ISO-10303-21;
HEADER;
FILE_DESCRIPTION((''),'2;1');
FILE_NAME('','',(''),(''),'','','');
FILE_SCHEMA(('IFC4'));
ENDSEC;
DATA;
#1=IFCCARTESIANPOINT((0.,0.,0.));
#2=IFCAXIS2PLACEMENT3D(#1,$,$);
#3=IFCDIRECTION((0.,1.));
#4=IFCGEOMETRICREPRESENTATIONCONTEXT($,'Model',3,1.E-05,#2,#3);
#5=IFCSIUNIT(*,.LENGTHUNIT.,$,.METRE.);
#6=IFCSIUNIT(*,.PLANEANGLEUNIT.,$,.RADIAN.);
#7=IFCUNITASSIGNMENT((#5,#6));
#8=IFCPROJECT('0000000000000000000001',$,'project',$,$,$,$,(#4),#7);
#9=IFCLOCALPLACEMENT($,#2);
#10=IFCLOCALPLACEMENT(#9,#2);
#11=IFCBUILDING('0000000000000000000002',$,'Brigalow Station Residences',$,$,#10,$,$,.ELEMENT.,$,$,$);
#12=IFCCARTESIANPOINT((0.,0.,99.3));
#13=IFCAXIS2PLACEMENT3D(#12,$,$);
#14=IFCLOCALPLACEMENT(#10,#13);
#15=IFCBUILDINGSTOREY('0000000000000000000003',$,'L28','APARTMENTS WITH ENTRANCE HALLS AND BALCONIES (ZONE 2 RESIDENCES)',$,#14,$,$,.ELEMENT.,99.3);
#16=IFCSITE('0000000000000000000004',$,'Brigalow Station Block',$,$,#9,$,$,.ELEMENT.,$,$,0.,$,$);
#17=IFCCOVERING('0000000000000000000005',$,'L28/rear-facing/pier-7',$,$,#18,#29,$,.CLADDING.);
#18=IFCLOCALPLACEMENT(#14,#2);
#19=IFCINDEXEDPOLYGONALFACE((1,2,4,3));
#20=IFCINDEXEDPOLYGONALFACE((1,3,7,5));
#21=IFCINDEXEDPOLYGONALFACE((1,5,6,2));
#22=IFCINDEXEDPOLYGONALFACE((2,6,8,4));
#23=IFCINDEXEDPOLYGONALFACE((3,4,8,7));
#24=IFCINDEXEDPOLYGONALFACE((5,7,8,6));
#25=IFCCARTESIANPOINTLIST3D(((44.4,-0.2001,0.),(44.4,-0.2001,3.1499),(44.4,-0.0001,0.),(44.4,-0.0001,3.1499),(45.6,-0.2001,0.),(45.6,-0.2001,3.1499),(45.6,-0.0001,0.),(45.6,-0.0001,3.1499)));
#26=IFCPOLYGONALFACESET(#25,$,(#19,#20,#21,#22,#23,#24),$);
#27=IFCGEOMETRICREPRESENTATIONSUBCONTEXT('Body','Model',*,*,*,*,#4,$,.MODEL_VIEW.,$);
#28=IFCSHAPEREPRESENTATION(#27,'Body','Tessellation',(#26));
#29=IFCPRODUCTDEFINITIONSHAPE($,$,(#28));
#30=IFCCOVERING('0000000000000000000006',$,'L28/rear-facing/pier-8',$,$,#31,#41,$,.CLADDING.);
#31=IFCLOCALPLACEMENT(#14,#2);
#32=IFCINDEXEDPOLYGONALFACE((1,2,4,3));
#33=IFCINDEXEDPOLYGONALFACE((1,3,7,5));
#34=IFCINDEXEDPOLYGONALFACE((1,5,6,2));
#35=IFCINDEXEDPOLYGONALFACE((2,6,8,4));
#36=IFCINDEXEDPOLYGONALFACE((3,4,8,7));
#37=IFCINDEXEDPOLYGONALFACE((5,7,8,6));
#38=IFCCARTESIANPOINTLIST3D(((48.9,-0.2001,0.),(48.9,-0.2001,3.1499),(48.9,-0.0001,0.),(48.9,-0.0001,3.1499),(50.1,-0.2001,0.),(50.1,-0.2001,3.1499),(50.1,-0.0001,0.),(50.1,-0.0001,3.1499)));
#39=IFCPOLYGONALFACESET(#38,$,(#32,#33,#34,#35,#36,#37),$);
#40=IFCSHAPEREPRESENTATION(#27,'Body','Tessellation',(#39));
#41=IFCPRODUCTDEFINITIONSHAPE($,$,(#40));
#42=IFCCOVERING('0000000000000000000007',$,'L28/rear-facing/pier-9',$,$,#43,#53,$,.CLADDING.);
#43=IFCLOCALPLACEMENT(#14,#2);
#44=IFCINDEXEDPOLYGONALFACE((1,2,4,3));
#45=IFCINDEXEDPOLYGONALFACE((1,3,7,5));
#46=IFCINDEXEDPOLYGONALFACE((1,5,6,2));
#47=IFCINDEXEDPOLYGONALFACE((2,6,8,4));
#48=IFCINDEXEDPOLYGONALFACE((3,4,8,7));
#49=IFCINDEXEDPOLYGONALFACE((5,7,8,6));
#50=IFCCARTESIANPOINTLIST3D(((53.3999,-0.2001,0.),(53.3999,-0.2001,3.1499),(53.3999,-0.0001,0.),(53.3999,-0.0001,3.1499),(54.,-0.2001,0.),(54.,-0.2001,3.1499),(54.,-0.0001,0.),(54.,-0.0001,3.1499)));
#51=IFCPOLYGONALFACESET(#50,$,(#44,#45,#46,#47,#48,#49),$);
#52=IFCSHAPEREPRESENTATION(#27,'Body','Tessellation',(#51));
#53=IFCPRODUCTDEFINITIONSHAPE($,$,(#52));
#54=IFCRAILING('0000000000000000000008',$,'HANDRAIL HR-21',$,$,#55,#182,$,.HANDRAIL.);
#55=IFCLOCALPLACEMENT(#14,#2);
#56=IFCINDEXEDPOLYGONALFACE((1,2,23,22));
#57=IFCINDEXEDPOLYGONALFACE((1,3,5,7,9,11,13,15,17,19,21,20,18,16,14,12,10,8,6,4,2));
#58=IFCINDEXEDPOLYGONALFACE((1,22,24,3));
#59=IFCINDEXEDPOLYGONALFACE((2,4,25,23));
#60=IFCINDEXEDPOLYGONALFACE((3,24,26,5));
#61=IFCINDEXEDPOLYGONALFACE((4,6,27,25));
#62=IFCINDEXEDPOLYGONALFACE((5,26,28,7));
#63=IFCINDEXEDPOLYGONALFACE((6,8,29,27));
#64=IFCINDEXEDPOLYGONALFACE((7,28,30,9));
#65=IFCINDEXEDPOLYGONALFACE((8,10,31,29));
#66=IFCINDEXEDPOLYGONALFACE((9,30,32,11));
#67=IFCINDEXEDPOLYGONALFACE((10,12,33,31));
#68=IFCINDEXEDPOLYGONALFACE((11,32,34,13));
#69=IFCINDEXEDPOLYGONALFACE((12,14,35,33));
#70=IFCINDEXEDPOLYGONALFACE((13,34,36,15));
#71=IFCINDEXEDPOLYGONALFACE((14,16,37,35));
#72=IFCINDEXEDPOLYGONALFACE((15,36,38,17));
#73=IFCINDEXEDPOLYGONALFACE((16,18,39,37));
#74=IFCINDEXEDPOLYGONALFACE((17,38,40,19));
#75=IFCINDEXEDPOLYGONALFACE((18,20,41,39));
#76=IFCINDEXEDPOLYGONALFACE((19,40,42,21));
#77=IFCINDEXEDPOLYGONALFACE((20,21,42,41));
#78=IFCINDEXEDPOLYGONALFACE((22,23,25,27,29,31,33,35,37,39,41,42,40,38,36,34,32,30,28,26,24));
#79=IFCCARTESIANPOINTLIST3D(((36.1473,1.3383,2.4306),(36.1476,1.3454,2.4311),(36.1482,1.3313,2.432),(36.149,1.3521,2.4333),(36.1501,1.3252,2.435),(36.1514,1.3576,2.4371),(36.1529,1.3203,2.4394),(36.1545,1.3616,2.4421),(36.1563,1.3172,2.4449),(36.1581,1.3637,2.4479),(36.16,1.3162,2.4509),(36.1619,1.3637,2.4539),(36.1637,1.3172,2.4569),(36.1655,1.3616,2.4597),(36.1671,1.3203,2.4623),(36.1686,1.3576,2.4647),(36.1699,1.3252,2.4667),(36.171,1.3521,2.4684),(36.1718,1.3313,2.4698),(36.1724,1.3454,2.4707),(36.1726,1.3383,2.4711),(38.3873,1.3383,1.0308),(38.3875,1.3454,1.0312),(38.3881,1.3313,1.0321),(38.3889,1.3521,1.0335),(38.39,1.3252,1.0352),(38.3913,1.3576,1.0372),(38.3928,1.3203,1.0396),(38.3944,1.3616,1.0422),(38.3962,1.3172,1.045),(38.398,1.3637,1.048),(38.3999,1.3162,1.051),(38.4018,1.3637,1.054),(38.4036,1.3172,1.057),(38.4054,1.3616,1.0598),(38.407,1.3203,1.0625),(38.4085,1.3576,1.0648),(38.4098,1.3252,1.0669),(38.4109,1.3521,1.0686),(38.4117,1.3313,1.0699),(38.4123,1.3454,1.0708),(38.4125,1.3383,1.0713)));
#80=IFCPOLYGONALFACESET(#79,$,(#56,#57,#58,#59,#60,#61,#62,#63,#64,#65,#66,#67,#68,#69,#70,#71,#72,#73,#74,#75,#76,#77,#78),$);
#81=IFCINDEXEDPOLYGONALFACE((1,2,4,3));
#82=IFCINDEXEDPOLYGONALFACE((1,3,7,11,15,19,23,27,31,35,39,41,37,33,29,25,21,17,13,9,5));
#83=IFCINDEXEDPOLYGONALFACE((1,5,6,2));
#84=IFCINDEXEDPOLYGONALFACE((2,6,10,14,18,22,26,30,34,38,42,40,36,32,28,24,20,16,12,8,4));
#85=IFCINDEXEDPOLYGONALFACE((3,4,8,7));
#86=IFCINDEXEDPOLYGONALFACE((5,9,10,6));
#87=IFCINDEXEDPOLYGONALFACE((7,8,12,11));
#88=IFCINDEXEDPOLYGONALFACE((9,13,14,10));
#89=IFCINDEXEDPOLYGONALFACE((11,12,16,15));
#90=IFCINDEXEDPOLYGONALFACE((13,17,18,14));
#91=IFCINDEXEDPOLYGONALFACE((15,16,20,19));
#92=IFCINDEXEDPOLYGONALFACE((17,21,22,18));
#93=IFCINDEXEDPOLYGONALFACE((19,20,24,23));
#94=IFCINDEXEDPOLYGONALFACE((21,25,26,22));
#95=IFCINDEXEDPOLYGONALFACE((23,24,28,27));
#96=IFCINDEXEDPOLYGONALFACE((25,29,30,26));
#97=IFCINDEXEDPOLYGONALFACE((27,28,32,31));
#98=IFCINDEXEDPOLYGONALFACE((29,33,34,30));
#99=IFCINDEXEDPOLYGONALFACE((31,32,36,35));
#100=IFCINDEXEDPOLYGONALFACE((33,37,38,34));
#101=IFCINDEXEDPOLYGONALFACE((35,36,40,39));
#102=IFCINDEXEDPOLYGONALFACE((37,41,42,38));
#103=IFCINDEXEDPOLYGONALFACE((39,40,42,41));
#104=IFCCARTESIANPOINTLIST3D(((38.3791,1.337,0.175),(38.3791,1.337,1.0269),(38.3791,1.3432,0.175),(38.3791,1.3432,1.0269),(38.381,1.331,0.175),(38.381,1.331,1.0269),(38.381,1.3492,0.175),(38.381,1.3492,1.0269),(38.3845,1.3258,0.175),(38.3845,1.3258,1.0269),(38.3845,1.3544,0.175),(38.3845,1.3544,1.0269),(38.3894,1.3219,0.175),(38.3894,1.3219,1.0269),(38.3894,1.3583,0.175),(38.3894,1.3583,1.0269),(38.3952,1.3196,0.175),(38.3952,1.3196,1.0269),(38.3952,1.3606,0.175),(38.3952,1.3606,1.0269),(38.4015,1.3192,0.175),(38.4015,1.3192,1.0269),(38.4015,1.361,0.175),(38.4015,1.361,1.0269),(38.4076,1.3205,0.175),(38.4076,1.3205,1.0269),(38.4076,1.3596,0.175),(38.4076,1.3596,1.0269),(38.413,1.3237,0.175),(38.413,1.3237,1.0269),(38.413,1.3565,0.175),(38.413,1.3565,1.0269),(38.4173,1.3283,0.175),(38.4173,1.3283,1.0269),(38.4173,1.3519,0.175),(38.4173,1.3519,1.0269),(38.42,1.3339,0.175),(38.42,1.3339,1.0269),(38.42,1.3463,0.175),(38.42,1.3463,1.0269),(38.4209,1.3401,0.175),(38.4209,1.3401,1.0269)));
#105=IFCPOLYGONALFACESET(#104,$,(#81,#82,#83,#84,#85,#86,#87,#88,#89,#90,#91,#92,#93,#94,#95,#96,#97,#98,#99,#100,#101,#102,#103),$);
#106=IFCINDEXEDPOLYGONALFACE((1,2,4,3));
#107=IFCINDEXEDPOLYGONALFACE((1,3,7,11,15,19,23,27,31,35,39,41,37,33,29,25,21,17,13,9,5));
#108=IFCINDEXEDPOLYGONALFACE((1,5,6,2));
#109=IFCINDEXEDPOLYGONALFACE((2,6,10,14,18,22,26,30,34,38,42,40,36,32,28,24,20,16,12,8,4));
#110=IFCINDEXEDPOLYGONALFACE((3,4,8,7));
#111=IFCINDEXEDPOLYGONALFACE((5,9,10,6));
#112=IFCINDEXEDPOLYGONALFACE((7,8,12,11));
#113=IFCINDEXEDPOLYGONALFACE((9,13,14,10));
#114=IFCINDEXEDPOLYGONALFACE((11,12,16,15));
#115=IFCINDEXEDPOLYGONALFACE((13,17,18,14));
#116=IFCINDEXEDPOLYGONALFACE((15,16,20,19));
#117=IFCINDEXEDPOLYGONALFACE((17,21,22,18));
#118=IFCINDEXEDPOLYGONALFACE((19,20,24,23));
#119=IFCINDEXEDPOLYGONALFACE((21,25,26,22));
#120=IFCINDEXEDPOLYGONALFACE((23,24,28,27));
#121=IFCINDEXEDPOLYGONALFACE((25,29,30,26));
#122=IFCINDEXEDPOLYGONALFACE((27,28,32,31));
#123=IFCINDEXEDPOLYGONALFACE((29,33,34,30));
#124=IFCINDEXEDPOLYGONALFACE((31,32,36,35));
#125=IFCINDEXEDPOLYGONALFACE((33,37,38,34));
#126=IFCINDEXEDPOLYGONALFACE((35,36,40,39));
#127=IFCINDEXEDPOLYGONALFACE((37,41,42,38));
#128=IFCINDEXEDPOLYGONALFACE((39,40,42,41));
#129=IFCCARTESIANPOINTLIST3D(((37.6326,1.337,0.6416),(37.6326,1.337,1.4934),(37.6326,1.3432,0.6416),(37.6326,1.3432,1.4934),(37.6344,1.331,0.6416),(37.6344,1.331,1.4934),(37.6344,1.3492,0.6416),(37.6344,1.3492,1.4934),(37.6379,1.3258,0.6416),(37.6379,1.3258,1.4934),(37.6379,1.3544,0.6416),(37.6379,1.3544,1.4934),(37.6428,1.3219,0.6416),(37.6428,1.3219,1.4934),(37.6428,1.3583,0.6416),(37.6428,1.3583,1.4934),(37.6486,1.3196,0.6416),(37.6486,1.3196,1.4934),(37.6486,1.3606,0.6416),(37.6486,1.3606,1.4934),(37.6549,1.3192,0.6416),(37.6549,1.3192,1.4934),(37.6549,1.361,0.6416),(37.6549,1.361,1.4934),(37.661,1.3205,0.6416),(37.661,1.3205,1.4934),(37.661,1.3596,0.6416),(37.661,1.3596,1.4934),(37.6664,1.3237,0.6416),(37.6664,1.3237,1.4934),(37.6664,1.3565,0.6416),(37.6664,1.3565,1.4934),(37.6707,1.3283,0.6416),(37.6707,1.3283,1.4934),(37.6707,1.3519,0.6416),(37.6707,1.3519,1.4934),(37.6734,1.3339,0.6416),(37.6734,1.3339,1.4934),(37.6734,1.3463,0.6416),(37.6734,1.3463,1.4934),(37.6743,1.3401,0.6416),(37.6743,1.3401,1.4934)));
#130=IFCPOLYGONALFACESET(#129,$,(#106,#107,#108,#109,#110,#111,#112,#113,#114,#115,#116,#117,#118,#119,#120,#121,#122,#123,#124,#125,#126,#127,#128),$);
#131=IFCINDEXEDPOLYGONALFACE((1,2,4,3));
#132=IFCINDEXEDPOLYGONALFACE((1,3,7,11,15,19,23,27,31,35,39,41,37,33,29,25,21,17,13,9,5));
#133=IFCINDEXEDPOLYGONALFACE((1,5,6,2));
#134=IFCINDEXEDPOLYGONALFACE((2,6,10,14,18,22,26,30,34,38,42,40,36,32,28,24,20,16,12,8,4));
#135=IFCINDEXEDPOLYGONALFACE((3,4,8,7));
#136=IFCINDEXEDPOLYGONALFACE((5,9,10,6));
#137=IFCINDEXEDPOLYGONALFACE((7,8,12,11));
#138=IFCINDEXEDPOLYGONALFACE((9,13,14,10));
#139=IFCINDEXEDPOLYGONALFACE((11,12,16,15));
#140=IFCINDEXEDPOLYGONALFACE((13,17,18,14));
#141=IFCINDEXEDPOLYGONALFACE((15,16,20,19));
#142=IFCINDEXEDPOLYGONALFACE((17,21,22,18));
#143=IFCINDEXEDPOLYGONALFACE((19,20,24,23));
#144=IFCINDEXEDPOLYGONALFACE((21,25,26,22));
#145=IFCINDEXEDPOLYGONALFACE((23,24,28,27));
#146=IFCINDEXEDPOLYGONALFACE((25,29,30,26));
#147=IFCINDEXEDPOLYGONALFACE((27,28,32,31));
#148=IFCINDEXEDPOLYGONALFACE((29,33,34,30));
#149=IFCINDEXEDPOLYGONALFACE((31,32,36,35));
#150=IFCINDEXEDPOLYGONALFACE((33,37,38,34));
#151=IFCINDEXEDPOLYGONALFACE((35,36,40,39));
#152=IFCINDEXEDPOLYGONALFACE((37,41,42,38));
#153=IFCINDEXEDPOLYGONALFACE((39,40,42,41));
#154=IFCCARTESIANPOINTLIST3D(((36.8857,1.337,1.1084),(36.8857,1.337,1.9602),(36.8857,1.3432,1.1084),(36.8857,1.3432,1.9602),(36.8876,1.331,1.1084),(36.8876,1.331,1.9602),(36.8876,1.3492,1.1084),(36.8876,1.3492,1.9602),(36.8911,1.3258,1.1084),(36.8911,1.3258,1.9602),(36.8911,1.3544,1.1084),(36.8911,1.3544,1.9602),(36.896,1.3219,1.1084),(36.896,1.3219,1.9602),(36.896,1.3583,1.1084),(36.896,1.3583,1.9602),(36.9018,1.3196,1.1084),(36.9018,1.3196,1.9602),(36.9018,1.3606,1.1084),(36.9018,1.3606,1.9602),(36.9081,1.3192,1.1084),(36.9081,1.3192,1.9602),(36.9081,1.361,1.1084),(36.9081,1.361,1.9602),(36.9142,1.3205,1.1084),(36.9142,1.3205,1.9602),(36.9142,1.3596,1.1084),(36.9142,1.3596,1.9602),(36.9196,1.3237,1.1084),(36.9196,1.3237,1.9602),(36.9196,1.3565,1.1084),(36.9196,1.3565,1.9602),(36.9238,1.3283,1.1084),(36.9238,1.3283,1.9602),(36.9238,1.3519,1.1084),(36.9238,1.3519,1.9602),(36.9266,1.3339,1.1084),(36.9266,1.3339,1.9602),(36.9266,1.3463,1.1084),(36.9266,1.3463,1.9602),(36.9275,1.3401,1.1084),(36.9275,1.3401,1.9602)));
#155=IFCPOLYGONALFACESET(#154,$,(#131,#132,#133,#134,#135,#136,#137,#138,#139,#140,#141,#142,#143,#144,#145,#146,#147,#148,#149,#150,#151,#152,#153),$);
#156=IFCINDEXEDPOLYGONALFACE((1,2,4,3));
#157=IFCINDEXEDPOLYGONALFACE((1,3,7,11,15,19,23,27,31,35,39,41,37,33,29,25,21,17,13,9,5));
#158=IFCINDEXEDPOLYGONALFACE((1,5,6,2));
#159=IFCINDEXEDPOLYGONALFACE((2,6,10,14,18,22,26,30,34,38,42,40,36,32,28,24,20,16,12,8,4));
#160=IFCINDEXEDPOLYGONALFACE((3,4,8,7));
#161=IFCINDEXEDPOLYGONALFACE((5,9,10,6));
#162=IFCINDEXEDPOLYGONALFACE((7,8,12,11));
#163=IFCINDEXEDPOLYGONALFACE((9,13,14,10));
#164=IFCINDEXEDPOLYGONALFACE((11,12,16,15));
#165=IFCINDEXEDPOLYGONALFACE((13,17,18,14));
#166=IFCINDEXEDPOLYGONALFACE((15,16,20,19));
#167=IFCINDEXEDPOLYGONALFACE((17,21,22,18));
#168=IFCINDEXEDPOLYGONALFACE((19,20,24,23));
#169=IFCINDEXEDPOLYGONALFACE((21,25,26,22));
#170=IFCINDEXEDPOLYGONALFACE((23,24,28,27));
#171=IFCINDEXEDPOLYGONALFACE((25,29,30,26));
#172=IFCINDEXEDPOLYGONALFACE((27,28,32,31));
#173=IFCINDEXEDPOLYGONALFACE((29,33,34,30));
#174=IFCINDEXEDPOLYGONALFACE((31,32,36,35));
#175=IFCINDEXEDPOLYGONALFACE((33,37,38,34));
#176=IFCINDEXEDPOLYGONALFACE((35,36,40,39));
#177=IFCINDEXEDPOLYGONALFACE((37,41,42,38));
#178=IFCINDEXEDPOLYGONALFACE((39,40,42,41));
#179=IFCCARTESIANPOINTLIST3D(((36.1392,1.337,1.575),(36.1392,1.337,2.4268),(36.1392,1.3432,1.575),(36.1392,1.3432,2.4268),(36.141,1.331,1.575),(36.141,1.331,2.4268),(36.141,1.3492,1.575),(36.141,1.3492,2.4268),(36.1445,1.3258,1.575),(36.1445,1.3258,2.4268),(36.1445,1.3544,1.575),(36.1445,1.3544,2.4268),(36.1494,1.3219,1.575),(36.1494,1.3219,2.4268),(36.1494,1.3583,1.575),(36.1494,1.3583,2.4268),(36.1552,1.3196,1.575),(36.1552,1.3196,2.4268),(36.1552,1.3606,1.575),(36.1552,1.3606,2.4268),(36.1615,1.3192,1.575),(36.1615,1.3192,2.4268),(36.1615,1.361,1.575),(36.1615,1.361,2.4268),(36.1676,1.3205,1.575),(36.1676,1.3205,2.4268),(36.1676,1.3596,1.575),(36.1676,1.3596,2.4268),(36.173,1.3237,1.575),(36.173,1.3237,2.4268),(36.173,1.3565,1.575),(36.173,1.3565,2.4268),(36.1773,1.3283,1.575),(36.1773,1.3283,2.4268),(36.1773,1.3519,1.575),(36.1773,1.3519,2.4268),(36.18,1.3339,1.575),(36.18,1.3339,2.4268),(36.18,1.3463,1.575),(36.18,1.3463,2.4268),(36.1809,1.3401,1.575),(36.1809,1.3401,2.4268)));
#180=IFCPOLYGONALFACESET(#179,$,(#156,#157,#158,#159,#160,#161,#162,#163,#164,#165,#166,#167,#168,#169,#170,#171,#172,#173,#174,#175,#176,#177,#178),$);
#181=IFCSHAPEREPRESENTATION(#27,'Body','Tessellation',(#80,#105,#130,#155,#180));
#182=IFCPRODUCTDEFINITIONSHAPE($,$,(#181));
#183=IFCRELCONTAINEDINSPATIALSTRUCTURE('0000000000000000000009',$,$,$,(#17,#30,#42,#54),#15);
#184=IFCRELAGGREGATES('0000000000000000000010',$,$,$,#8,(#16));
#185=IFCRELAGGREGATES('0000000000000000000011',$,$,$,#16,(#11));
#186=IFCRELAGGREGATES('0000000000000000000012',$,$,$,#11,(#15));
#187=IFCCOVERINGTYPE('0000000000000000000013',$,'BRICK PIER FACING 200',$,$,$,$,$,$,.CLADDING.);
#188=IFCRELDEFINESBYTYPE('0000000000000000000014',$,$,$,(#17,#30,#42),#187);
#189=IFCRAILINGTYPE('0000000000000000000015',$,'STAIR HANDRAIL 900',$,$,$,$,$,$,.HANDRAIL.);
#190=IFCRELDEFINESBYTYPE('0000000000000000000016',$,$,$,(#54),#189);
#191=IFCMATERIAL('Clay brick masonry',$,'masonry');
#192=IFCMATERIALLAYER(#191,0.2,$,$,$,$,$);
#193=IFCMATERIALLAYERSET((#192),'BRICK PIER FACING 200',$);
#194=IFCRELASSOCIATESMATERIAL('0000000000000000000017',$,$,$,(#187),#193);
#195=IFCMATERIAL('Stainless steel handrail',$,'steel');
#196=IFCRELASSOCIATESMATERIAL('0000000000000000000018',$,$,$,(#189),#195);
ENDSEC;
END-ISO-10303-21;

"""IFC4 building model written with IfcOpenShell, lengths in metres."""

from ifc_helpers import new_model, si_unit, direction, frame, origin, origin_2d, place, context, subcontext, project, spatial, rectangle, circle, extrude, material, layer, layer_set, type_object, element, save


model = new_model("IFC4")

# Units and contexts
model_context = context("Model", 3, precision=1e-05, world=origin(), true_north=direction((0.0, 1.0)))
body_context = subcontext(model_context, "Body", "Model", "MODEL_VIEW")
ifc_project = project(units=[si_unit("LENGTHUNIT", "METRE"), si_unit("PLANEANGLEUNIT", "RADIAN")], contexts=[model_context])

# Site, building, storey
site_placement = place(None, origin())
site = spatial("IfcSite", under=ifc_project, at=site_placement, Name="Brigalow Station Block", CompositionType="ELEMENT", RefElevation=0.0)
building_placement = place(site_placement, origin())
building = spatial("IfcBuilding", under=site, at=building_placement, Name="Brigalow Station Residences", CompositionType="ELEMENT")
storey_placement = place(building_placement, frame((0.0, 0.0, 99.3)))
storey = spatial("IfcBuildingStorey", under=building, at=storey_placement, Name="L28", Description="APARTMENTS WITH ENTRANCE HALLS AND BALCONIES (ZONE 2 RESIDENCES)", CompositionType="ELEMENT", Elevation=99.3)

# Coverings
ifc_material_1 = material(Name="Clay brick masonry", Category="masonry")
ifc_layer_1 = layer(ifc_material_1, 0.2)
ifc_layer_set_1 = layer_set([ifc_layer_1], Name="BRICK PIER FACING 200")
covering_type_1 = type_object("IfcCoveringType", Name="BRICK PIER FACING 200", PredefinedType="CLADDING", material=ifc_layer_set_1)
for number, where, z_axis, x_axis, name in (
    (1, (45.0, -0.1001, 0.0), (0.0, 0.0, 1.0), (1.0, 0.0, 0.0), "L28/rear-facing/pier-7"),
    (2, (49.5, -0.1001, 0.0), (0.0, 0.0, 1.0), (1.0, 0.0, 0.0), "L28/rear-facing/pier-8"),
):
    element("IfcCovering", number, at=place(storey_placement, frame(where, z_axis=z_axis, x_axis=x_axis)), inside=storey, type_object=covering_type_1, Name=name, PredefinedType="CLADDING", context=body_context, shape_type="SweptSolid", body=[
        extrude(rectangle(XDim=1.2, YDim=0.2, at=origin_2d()), origin(), (0.0, 0.0, 1.0), 3.1499),
    ])
covering_placement = place(storey_placement, frame((53.7, -0.1001, 0.0), z_axis=(0.0, 0.0, 1.0), x_axis=(1.0, 0.0, 0.0)))
element("IfcCovering", 3, at=covering_placement, inside=storey, type_object=covering_type_1, Name="L28/rear-facing/pier-9", PredefinedType="CLADDING", context=body_context, shape_type="SweptSolid", body=[
    extrude(rectangle(XDim=0.6001, YDim=0.2, at=origin_2d()), origin(), (0.0, 0.0, 1.0), 3.1499),
])

# Railing
ifc_material_2 = material(Name="Stainless steel handrail", Category="steel")
railing_type_1 = type_object("IfcRailingType", Name="STAIR HANDRAIL 900", PredefinedType="HANDRAIL", material=ifc_material_2)
railing_1_placement = place(storey_placement, frame((38.3999, 1.3401, 0.175)))
element("IfcRailing", 4, at=railing_1_placement, inside=storey, type_object=railing_type_1, Name="HANDRAIL HR-21", PredefinedType="HANDRAIL", context=body_context, shape_type="SweptSolid", body=[
    extrude(circle(Radius=0.0239, at=origin_2d()), frame((0.0, 0.0, 0.876), z_axis=(-0.848014, 0.0, 0.529974), x_axis=(0.0, -1.0, 0.0)), (0.0, 0.0, 1.0), 2.6414),
    extrude(circle(Radius=0.021, at=origin_2d()), origin(), (0.0, 0.0, 1.0), 0.8518),
    extrude(circle(Radius=0.021, at=origin_2d()), frame((-0.7466, 0.0, 0.4666)), (0.0, 0.0, 1.0), 0.8518),
    extrude(circle(Radius=0.021, at=origin_2d()), frame((-1.4934, 0.0, 0.9333)), (0.0, 0.0, 1.0), 0.8518),
    extrude(circle(Radius=0.021, at=origin_2d()), frame((-2.24, 0.0, 1.3999)), (0.0, 0.0, 1.0), 0.8518),
])

save(model, "model.ifc")
